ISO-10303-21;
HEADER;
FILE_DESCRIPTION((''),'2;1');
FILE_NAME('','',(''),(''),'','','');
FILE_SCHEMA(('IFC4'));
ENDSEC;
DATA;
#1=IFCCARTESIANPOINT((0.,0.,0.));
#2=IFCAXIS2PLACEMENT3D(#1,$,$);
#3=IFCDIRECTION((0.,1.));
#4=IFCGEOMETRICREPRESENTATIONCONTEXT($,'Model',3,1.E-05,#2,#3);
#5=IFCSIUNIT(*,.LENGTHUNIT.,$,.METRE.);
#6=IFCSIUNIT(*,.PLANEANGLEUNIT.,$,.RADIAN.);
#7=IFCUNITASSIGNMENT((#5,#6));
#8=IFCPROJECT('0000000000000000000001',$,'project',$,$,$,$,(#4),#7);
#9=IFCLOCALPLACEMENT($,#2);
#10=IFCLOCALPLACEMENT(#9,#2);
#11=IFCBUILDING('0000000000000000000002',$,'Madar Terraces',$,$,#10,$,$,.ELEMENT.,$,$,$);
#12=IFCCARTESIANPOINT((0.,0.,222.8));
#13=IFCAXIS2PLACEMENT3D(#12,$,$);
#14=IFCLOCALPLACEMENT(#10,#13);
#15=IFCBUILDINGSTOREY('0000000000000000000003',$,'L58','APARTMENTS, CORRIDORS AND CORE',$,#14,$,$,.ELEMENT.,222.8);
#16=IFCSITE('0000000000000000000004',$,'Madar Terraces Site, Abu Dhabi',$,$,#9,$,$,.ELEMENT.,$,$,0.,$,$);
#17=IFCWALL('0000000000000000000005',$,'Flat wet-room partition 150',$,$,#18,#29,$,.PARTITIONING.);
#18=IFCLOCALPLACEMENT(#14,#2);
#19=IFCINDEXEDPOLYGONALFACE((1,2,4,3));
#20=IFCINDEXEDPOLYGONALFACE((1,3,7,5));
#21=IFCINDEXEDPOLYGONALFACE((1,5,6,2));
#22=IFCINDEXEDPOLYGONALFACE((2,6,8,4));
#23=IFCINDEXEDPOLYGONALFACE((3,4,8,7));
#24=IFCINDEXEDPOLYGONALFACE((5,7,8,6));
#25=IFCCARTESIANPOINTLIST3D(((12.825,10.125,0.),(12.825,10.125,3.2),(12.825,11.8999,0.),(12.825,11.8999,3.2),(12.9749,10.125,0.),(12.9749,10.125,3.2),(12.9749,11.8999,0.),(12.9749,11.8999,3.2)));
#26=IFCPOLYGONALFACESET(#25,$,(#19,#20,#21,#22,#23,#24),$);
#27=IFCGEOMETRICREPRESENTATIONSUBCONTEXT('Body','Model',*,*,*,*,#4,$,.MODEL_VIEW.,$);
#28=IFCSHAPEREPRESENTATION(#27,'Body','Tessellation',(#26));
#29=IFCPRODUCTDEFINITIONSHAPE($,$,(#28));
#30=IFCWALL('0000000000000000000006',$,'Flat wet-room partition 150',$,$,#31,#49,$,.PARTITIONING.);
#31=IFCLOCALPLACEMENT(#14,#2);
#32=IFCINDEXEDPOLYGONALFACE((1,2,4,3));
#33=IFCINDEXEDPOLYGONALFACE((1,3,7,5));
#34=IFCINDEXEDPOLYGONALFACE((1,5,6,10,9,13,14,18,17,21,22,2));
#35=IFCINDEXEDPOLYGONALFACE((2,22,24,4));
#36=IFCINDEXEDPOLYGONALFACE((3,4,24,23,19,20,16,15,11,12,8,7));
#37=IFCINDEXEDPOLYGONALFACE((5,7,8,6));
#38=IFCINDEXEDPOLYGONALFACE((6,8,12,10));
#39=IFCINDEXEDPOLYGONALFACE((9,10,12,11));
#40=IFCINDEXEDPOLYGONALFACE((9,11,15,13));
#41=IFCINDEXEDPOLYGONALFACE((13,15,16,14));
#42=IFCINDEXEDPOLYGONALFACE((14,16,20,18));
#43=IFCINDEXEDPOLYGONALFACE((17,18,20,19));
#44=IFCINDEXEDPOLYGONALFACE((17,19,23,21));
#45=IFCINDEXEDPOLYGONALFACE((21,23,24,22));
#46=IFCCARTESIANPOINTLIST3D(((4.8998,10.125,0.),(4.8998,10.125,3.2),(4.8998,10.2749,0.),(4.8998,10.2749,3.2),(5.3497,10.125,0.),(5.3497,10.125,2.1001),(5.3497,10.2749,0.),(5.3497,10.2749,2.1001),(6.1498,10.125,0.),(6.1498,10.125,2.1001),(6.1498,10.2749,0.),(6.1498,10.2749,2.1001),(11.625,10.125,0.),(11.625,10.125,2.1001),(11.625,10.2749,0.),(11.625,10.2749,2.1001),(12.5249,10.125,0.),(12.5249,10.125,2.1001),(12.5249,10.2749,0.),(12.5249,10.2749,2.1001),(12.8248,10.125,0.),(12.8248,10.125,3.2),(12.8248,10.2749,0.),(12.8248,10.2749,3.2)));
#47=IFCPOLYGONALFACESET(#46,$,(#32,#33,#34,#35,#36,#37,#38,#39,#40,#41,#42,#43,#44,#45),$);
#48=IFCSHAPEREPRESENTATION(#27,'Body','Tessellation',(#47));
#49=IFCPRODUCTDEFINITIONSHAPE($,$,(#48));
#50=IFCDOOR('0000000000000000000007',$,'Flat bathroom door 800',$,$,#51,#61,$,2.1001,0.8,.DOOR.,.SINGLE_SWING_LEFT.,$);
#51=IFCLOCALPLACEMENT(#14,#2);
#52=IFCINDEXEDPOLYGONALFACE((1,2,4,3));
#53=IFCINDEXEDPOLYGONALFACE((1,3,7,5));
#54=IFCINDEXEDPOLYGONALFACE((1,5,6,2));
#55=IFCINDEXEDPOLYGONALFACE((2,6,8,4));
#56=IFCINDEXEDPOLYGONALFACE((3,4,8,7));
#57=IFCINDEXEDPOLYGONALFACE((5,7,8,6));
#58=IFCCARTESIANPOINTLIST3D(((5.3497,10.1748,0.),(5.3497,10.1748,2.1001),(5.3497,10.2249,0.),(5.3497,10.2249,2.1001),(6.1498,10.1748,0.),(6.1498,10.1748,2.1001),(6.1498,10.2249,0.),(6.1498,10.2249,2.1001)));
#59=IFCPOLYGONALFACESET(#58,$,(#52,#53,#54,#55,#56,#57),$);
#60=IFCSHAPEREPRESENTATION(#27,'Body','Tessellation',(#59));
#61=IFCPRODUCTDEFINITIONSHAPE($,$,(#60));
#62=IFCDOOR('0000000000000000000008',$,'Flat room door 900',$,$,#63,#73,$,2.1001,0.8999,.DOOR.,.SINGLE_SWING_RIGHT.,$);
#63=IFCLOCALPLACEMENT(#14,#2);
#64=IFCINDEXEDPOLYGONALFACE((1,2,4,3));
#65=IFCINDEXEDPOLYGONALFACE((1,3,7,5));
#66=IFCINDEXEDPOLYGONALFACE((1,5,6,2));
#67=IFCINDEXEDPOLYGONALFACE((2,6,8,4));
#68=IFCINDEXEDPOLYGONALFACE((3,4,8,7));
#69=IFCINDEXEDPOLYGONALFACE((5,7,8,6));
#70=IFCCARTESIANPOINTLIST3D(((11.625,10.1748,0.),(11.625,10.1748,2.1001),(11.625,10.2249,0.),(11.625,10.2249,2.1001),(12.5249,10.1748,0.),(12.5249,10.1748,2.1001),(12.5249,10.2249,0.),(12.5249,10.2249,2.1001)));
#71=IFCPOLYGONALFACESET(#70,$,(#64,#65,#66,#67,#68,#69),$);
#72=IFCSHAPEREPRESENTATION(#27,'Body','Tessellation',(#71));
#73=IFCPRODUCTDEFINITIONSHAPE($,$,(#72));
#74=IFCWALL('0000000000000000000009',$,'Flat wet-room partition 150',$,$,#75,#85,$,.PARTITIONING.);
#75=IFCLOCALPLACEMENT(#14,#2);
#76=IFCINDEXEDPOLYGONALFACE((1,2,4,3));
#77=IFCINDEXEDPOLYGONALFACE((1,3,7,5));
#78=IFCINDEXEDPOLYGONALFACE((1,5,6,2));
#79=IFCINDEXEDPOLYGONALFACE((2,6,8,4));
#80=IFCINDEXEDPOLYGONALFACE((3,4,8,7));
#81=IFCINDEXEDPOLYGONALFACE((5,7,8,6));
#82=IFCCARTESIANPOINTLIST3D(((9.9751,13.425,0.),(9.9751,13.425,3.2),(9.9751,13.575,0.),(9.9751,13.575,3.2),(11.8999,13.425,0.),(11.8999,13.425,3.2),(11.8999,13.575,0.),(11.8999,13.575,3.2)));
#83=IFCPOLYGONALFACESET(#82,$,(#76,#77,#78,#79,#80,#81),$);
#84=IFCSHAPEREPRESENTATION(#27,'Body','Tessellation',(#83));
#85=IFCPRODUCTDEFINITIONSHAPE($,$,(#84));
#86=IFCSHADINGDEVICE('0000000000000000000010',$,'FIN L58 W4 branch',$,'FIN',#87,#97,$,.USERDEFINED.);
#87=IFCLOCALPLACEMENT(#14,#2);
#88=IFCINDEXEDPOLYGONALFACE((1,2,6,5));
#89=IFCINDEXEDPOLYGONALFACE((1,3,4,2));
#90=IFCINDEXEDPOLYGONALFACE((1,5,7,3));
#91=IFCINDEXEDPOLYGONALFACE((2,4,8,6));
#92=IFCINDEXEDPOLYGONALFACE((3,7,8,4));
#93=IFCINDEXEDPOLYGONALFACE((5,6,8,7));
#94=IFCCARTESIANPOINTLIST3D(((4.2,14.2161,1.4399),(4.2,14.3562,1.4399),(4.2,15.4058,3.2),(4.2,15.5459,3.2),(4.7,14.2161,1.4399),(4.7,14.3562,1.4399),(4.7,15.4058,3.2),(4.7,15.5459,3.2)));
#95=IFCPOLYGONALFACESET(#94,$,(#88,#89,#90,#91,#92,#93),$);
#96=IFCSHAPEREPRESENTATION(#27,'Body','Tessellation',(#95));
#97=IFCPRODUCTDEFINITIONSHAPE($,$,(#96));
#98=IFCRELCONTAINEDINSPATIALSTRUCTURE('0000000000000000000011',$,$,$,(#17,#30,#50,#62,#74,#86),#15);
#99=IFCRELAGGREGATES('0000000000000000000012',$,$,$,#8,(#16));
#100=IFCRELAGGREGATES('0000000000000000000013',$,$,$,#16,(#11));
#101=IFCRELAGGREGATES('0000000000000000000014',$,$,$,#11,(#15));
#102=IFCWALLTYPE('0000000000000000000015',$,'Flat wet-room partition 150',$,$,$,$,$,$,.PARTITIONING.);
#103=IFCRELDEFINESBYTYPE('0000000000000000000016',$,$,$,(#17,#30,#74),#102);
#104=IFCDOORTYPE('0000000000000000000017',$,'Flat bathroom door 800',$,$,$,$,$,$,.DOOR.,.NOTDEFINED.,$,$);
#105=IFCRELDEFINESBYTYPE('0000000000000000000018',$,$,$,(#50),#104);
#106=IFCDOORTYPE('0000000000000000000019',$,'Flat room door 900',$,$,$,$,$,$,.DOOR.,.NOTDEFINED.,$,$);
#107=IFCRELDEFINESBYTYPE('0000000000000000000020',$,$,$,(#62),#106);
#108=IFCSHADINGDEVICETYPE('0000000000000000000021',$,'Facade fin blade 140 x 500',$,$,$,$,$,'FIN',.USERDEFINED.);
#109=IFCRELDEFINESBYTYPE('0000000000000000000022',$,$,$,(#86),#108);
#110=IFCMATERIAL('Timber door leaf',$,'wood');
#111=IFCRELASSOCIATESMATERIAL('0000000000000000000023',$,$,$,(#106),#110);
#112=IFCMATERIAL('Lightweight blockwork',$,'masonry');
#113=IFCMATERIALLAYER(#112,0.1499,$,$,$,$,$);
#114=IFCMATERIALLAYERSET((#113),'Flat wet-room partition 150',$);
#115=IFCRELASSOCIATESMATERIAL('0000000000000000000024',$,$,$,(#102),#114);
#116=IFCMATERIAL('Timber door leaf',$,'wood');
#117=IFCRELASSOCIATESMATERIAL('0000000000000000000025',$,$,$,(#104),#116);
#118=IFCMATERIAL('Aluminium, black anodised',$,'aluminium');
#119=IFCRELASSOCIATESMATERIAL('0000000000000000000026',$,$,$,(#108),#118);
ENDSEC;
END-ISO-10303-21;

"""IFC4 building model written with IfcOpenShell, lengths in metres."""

from ifc_helpers import new_model, si_unit, direction, frame, frame_2d, origin, place, context, subcontext, project, spatial, polyline, rectangle, outline, extrude, material, layer, layer_set, type_object, element, fill, save


model = new_model("IFC4")

# Units and contexts
model_context = context("Model", 3, precision=1e-05, world=origin(), true_north=direction((0.0, 1.0)))
body_context = subcontext(model_context, "Body", "Model", "MODEL_VIEW")
ifc_project = project(units=[si_unit("LENGTHUNIT", "METRE"), si_unit("PLANEANGLEUNIT", "RADIAN")], contexts=[model_context])

# Site, building, storey
site_placement = place(None, origin())
site = spatial("IfcSite", under=ifc_project, at=site_placement, Name="Madar Terraces Site, Abu Dhabi", CompositionType="ELEMENT", RefElevation=0.0)
building_placement = place(site_placement, origin())
building = spatial("IfcBuilding", under=site, at=building_placement, Name="Madar Terraces", CompositionType="ELEMENT")
storey_placement = place(building_placement, frame((0.0, 0.0, 222.8)))
storey = spatial("IfcBuildingStorey", under=building, at=storey_placement, Name="L58", Description="APARTMENTS, CORRIDORS AND CORE", CompositionType="ELEMENT", Elevation=222.8)

# Shared definitions
ifc_material_1 = material(Name="Timber door leaf", Category="wood")
door_type_1 = type_object("IfcDoorType", Name="Flat room door 900", OperationType="NOTDEFINED", PredefinedType="DOOR", material=ifc_material_1)

# Wall
ifc_material_2 = material(Name="Lightweight blockwork", Category="masonry")
ifc_layer_1 = layer(ifc_material_2, 0.1499)
ifc_layer_set_1 = layer_set([ifc_layer_1], Name="Flat wet-room partition 150")
wall_type_1 = type_object("IfcWallType", Name="Flat wet-room partition 150", PredefinedType="PARTITIONING", material=ifc_layer_set_1)
wall_1_placement = place(storey_placement, frame((12.8999, 11.8999, 0.0), z_axis=(0.0, 0.0, 1.0), x_axis=(0.0, -1.0, 0.0)))
element("IfcWall", 1, at=wall_1_placement, inside=storey, type_object=wall_type_1, Name="Flat wet-room partition 150", PredefinedType="PARTITIONING", context=body_context, shape_type="SweptSolid", body=[
    extrude(rectangle(XDim=1.7749, YDim=0.1499, at=frame_2d((0.8875, 0.0))), origin(), (0.0, 0.0, 1.0), 3.2),
])

# Wall, openings, doors
wall_2_placement = place(storey_placement, frame((4.8999, 10.2, 0.0), z_axis=(0.0, 0.0, 1.0), x_axis=(1.0, 0.0, 0.0)))
wall_2 = element("IfcWall", 2, at=wall_2_placement, inside=storey, type_object=wall_type_1, Name="Flat wet-room partition 150", PredefinedType="PARTITIONING", context=body_context, shape_type="SweptSolid", body=[
    extrude(rectangle(XDim=7.925, YDim=0.1499, at=frame_2d((3.9624, 0.0))), origin(), (0.0, 0.0, 1.0), 3.2),
])
opening_1_placement = place(wall_2_placement, frame((6.7251, 0.0, 0.0)))
opening_1 = element("IfcOpeningElement", 3, at=opening_1_placement, cuts=wall_2, PredefinedType="OPENING", context=body_context, shape_type="SweptSolid", body=[
    extrude(rectangle(XDim=0.8999, YDim=2.1001, at=frame_2d((0.45, 1.05))), frame((0.0, 0.085, 0.0), z_axis=(0.0, -1.0, 0.0), x_axis=(1.0, 0.0, 0.0)), (0.0, 0.0, 1.0), 0.1699),
])
opening_2_placement = place(wall_2_placement, frame((0.45, 0.0, 0.0)))
opening_2 = element("IfcOpeningElement", 4, at=opening_2_placement, cuts=wall_2, PredefinedType="OPENING", context=body_context, shape_type="SweptSolid", body=[
    extrude(rectangle(XDim=0.8, YDim=2.1001, at=frame_2d((0.3999, 1.05))), frame((0.0, 0.085, 0.0), z_axis=(0.0, -1.0, 0.0), x_axis=(1.0, 0.0, 0.0)), (0.0, 0.0, 1.0), 0.1699),
])
ifc_material_3 = material(Name="Timber door leaf", Category="wood")
door_type_2 = type_object("IfcDoorType", Name="Flat bathroom door 800", OperationType="NOTDEFINED", PredefinedType="DOOR", material=ifc_material_3)
door_1_placement = place(opening_2_placement, origin())
door_1 = element("IfcDoor", 5, at=door_1_placement, inside=storey, type_object=door_type_2, Name="Flat bathroom door 800", OperationType="SINGLE_SWING_LEFT", OverallHeight=2.1001, OverallWidth=0.8, PredefinedType="DOOR", context=body_context, shape_type="SweptSolid", body=[
    extrude(rectangle(XDim=0.8, YDim=2.1001, at=frame_2d((0.3999, 1.05))), frame((0.0, 0.0249, 0.0), z_axis=(0.0, -1.0, 0.0), x_axis=(1.0, 0.0, 0.0)), (0.0, 0.0, 1.0), 0.05),
])
fill(opening_2, door_1)
door_2_placement = place(opening_1_placement, origin())
door_2 = element("IfcDoor", 6, at=door_2_placement, inside=storey, type_object=door_type_1, Name="Flat room door 900", OperationType="SINGLE_SWING_RIGHT", OverallHeight=2.1001, OverallWidth=0.8999, PredefinedType="DOOR", context=body_context, shape_type="SweptSolid", body=[
    extrude(rectangle(XDim=0.8999, YDim=2.1001, at=frame_2d((0.45, 1.05))), frame((0.0, 0.0249, 0.0), z_axis=(0.0, -1.0, 0.0), x_axis=(1.0, 0.0, 0.0)), (0.0, 0.0, 1.0), 0.05),
])
fill(opening_1, door_2)

# Wall
wall_3_placement = place(storey_placement, frame((11.8999, 13.5, 0.0), z_axis=(0.0, 0.0, 1.0), x_axis=(-1.0, 0.0, 0.0)))
element("IfcWall", 7, at=wall_3_placement, inside=storey, type_object=wall_type_1, Name="Flat wet-room partition 150", PredefinedType="PARTITIONING", context=body_context, shape_type="SweptSolid", body=[
    extrude(rectangle(XDim=1.9248, YDim=0.1499, at=frame_2d((0.9624, 0.0))), origin(), (0.0, 0.0, 1.0), 3.2),
])

# Shading device
ifc_material_4 = material(Name="Aluminium, black anodised", Category="aluminium")
shading_device_type = type_object("IfcShadingDeviceType", Name="Facade fin blade 140 x 500", ElementType="FIN", PredefinedType="USERDEFINED", material=ifc_material_4)
shading_device_placement = place(storey_placement, frame((4.45, 14.3562, 1.4399), z_axis=(0.0, 0.0, 1.0), x_axis=(0.0, -1.0, 0.0)))
element("IfcShadingDevice", 8, at=shading_device_placement, inside=storey, type_object=shading_device_type, Name="FIN L58 W4 branch", ObjectType="FIN", PredefinedType="USERDEFINED", context=body_context, shape_type="SweptSolid", body=[
    extrude(outline(polyline([(0.0, 0.0), (0.1401, 0.0), (-1.0496, 1.76), (-1.1897, 1.76), (0.0, 0.0)])), frame((0.0, 0.25, 0.0), z_axis=(0.0, -1.0, 0.0), x_axis=(1.0, 0.0, 0.0)), (0.0, 0.0, 1.0), 0.5),
])

save(model, "model.ifc")
